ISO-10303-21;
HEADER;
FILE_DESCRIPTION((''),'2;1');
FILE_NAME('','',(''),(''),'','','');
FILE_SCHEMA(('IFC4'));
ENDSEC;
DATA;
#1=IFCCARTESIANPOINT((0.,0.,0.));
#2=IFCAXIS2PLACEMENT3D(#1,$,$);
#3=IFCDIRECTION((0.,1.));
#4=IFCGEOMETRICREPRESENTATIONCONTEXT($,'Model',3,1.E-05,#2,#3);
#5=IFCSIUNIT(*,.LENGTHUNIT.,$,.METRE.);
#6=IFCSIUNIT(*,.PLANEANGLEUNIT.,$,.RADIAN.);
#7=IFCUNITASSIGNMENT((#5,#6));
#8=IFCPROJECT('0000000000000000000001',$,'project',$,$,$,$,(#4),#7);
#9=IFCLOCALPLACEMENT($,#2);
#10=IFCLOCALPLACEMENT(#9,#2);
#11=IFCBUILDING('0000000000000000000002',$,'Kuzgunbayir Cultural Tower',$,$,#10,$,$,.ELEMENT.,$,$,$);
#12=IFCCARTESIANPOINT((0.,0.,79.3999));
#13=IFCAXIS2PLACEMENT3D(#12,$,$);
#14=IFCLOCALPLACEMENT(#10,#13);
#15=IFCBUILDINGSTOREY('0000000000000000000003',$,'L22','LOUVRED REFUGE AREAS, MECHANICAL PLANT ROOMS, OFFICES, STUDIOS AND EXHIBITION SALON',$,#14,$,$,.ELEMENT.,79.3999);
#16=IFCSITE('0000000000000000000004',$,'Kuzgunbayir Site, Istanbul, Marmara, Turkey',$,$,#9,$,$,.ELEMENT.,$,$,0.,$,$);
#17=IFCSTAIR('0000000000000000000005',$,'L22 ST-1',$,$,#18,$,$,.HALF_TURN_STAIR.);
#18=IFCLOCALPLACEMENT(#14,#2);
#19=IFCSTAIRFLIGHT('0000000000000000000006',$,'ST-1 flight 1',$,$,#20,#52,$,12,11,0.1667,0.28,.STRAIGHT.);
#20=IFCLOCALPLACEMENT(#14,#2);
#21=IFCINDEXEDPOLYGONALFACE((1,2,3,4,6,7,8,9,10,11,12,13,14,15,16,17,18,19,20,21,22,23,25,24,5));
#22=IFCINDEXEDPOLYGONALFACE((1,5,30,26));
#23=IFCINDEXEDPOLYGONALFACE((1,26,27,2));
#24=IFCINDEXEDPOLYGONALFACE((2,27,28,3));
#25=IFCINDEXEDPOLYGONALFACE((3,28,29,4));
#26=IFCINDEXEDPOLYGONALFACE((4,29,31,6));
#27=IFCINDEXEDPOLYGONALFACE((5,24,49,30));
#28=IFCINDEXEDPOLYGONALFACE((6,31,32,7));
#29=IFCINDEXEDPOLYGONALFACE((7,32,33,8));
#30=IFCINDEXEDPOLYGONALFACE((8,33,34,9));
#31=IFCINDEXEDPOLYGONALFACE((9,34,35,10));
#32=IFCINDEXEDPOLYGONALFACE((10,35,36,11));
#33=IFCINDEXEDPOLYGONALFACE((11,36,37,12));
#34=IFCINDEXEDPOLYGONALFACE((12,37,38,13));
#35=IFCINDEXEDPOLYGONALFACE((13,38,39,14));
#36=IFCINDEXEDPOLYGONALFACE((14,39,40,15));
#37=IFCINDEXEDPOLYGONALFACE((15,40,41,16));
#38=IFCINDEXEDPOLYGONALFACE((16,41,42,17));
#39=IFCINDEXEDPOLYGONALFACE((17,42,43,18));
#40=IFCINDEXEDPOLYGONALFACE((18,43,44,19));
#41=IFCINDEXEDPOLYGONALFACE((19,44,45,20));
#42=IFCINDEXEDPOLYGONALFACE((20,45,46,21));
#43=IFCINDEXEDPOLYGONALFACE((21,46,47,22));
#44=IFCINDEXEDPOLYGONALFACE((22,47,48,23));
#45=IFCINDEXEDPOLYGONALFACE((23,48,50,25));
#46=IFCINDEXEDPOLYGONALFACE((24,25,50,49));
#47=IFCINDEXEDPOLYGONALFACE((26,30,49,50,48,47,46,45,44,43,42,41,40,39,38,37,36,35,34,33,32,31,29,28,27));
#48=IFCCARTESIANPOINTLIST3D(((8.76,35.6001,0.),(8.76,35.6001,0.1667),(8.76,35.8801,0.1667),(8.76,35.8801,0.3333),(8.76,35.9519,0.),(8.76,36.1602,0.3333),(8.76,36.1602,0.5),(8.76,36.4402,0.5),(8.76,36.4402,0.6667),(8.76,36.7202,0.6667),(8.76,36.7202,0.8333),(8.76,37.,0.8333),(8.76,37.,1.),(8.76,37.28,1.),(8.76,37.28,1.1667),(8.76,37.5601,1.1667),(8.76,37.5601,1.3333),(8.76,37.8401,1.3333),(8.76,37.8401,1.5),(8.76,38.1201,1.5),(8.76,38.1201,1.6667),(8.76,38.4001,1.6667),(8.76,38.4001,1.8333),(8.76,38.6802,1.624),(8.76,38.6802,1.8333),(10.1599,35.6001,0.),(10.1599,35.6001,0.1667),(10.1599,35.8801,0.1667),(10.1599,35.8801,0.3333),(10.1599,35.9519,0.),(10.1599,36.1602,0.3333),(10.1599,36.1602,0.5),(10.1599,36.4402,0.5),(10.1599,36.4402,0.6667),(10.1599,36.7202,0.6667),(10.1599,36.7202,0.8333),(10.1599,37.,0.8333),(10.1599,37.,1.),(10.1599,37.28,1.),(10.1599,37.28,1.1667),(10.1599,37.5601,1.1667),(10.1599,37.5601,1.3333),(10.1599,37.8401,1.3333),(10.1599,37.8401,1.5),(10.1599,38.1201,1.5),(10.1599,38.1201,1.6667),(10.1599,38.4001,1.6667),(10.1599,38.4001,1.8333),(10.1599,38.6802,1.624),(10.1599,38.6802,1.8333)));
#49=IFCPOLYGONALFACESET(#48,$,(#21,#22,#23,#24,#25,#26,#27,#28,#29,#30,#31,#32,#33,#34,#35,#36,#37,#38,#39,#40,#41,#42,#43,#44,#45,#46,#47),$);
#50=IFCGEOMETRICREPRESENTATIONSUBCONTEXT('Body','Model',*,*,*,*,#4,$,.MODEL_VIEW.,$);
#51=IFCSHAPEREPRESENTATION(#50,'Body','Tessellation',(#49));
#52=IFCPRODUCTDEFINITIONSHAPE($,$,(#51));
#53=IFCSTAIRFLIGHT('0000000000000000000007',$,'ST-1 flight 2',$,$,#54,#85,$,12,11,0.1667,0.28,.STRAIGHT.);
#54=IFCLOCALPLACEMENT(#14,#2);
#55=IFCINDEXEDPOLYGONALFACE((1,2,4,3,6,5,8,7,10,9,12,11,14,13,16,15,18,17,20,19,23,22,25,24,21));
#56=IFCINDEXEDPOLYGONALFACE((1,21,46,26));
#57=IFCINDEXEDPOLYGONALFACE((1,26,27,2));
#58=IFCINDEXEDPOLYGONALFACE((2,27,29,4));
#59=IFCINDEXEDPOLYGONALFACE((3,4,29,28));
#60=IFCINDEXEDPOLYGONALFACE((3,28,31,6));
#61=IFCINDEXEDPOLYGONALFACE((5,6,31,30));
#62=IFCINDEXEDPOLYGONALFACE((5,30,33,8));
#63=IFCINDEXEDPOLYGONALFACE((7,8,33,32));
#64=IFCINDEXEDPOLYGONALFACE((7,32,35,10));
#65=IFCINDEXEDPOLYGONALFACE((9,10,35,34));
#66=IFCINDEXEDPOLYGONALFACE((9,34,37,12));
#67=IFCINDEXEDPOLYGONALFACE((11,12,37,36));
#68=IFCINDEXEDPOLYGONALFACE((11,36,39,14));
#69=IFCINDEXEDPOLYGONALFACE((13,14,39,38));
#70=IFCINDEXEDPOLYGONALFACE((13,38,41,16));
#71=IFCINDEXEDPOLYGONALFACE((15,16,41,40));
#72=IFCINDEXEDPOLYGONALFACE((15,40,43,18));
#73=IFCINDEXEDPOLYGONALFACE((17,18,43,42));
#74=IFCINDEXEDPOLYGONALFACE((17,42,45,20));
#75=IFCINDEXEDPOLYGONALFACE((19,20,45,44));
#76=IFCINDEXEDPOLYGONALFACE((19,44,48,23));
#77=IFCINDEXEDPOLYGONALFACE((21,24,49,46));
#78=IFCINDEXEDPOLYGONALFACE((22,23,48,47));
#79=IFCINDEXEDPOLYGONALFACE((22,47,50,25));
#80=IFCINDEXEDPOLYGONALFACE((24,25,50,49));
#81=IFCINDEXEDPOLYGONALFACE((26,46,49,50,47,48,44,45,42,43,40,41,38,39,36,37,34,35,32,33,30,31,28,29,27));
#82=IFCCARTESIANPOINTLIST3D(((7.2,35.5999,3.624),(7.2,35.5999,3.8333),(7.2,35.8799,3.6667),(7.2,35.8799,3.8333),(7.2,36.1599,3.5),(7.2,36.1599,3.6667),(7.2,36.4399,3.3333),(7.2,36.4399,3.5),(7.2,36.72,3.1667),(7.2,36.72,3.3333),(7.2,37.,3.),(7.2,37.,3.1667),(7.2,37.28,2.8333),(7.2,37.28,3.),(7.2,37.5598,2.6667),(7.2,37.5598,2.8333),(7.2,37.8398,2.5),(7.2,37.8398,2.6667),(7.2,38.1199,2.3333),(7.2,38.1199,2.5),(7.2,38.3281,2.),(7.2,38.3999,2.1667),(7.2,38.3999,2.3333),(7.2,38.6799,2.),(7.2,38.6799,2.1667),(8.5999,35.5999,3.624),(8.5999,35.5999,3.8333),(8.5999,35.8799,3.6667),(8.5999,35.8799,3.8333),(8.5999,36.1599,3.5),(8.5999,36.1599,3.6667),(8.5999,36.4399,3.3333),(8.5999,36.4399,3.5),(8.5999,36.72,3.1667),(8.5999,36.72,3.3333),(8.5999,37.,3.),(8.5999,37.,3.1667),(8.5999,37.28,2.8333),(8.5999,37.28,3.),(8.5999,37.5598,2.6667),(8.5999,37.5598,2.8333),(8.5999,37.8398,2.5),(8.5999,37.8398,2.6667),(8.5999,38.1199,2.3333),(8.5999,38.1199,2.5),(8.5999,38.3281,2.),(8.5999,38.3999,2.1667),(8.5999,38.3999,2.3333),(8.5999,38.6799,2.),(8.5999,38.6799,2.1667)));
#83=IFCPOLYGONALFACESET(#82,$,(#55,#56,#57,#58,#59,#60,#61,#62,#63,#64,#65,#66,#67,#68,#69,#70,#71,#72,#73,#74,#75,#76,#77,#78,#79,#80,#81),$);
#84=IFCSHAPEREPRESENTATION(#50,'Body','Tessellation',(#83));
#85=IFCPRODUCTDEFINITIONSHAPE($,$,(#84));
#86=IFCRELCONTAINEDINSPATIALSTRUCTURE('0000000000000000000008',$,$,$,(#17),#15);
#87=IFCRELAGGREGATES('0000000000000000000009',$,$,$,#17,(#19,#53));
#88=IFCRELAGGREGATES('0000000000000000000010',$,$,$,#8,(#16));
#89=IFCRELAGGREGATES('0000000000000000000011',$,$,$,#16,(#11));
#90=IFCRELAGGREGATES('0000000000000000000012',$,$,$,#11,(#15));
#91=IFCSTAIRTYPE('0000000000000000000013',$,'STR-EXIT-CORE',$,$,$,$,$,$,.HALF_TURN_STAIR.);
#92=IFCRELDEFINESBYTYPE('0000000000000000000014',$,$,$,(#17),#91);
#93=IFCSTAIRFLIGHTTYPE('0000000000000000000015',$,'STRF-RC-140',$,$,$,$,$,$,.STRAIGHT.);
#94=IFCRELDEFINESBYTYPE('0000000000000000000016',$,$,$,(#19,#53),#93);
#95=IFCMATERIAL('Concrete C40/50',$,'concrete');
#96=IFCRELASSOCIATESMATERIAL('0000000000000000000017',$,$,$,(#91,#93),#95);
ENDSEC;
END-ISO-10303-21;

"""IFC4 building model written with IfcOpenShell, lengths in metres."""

from ifc_helpers import new_model, si_unit, direction, frame, origin, place, context, subcontext, project, spatial, polyline, outline, extrude, material, type_object, element, aggregate, save


model = new_model("IFC4")

# Units and contexts
model_context = context("Model", 3, precision=1e-05, world=origin(), true_north=direction((0.0, 1.0)))
body_context = subcontext(model_context, "Body", "Model", "MODEL_VIEW")
ifc_project = project(units=[si_unit("LENGTHUNIT", "METRE"), si_unit("PLANEANGLEUNIT", "RADIAN")], contexts=[model_context])

# Site, building, storey
site_placement = place(None, origin())
site = spatial("IfcSite", under=ifc_project, at=site_placement, Name="Kuzgunbayir Site, Istanbul, Marmara, Turkey", CompositionType="ELEMENT", RefElevation=0.0)
building_placement = place(site_placement, origin())
building = spatial("IfcBuilding", under=site, at=building_placement, Name="Kuzgunbayir Cultural Tower", CompositionType="ELEMENT")
storey_placement = place(building_placement, frame((0.0, 0.0, 79.3999)))
storey = spatial("IfcBuildingStorey", under=building, at=storey_placement, Name="L22", Description="LOUVRED REFUGE AREAS, MECHANICAL PLANT ROOMS, OFFICES, STUDIOS AND EXHIBITION SALON", CompositionType="ELEMENT", Elevation=79.3999)

# Shared definitions
ifc_material_1 = material(Name="Concrete C40/50", Category="concrete")

# Stair, stair flights
stair_type = type_object("IfcStairType", Name="STR-EXIT-CORE", PredefinedType="HALF_TURN_STAIR", material=ifc_material_1)
stair_placement = place(storey_placement, origin())
stair = element("IfcStair", 1, at=stair_placement, inside=storey, type_object=stair_type, Name="L22 ST-1", PredefinedType="HALF_TURN_STAIR")
stair_flight_type = type_object("IfcStairFlightType", Name="STRF-RC-140", PredefinedType="STRAIGHT", material=ifc_material_1)
stair_flight_1_placement = place(storey_placement, frame((9.46, 35.6001, 0.0), z_axis=(0.0, 0.0, 1.0), x_axis=(0.0, 1.0, 0.0)))
stair_flight_1 = element("IfcStairFlight", 2, at=stair_flight_1_placement, type_object=stair_flight_type, Name="ST-1 flight 1", NumberOfRisers=12, NumberOfTreads=11, PredefinedType="STRAIGHT", RiserHeight=0.1667, TreadLength=0.28, context=body_context, shape_type="SweptSolid", body=[
    extrude(outline(polyline([(0.0, 0.0), (0.0, 0.1667), (0.28, 0.1667), (0.28, 0.3333), (0.5601, 0.3333), (0.5601, 0.5), (0.8401, 0.5), (0.8401, 0.6667), (1.1201, 0.6667), (1.1201, 0.8333), (1.3999, 0.8333), (1.3999, 1.0), (1.6799, 1.0), (1.6799, 1.1667), (1.96, 1.1667), (1.96, 1.3333), (2.24, 1.3333), (2.24, 1.5), (2.52, 1.5), (2.52, 1.6667), (2.8, 1.6667), (2.8, 1.8333), (3.0801, 1.8333), (3.0801, 2.0), (3.0801, 1.624), (0.3518, 0.0), (0.0, 0.0)])), frame((0.0, 0.7, 0.0), z_axis=(0.0, -1.0, 0.0), x_axis=(1.0, 0.0, 0.0)), (0.0, 0.0, 1.0), 1.3999),
])
stair_flight_2_placement = place(storey_placement, frame((7.8999, 38.6799, 2.0), z_axis=(0.0, 0.0, 1.0), x_axis=(0.0, -1.0, 0.0)))
stair_flight_2 = element("IfcStairFlight", 3, at=stair_flight_2_placement, type_object=stair_flight_type, Name="ST-1 flight 2", NumberOfRisers=12, NumberOfTreads=11, PredefinedType="STRAIGHT", RiserHeight=0.1667, TreadLength=0.28, context=body_context, shape_type="SweptSolid", body=[
    extrude(outline(polyline([(0.0, 0.0), (0.0, 0.1667), (0.28, 0.1667), (0.28, 0.3333), (0.5601, 0.3333), (0.5601, 0.5), (0.8401, 0.5), (0.8401, 0.6667), (1.1201, 0.6667), (1.1201, 0.8333), (1.3999, 0.8333), (1.3999, 1.0), (1.6799, 1.0), (1.6799, 1.1667), (1.96, 1.1667), (1.96, 1.3333), (2.24, 1.3333), (2.24, 1.5), (2.52, 1.5), (2.52, 1.6667), (2.8, 1.6667), (2.8, 1.8333), (3.0801, 1.8333), (3.0801, 2.0), (3.0801, 1.624), (0.3518, 0.0), (0.0, 0.0)])), frame((0.0, 0.7, 0.0), z_axis=(0.0, -1.0, 0.0), x_axis=(1.0, 0.0, 0.0)), (0.0, 0.0, 1.0), 1.3999),
])
aggregate(stair, [stair_flight_1, stair_flight_2])

save(model, "model.ifc")
